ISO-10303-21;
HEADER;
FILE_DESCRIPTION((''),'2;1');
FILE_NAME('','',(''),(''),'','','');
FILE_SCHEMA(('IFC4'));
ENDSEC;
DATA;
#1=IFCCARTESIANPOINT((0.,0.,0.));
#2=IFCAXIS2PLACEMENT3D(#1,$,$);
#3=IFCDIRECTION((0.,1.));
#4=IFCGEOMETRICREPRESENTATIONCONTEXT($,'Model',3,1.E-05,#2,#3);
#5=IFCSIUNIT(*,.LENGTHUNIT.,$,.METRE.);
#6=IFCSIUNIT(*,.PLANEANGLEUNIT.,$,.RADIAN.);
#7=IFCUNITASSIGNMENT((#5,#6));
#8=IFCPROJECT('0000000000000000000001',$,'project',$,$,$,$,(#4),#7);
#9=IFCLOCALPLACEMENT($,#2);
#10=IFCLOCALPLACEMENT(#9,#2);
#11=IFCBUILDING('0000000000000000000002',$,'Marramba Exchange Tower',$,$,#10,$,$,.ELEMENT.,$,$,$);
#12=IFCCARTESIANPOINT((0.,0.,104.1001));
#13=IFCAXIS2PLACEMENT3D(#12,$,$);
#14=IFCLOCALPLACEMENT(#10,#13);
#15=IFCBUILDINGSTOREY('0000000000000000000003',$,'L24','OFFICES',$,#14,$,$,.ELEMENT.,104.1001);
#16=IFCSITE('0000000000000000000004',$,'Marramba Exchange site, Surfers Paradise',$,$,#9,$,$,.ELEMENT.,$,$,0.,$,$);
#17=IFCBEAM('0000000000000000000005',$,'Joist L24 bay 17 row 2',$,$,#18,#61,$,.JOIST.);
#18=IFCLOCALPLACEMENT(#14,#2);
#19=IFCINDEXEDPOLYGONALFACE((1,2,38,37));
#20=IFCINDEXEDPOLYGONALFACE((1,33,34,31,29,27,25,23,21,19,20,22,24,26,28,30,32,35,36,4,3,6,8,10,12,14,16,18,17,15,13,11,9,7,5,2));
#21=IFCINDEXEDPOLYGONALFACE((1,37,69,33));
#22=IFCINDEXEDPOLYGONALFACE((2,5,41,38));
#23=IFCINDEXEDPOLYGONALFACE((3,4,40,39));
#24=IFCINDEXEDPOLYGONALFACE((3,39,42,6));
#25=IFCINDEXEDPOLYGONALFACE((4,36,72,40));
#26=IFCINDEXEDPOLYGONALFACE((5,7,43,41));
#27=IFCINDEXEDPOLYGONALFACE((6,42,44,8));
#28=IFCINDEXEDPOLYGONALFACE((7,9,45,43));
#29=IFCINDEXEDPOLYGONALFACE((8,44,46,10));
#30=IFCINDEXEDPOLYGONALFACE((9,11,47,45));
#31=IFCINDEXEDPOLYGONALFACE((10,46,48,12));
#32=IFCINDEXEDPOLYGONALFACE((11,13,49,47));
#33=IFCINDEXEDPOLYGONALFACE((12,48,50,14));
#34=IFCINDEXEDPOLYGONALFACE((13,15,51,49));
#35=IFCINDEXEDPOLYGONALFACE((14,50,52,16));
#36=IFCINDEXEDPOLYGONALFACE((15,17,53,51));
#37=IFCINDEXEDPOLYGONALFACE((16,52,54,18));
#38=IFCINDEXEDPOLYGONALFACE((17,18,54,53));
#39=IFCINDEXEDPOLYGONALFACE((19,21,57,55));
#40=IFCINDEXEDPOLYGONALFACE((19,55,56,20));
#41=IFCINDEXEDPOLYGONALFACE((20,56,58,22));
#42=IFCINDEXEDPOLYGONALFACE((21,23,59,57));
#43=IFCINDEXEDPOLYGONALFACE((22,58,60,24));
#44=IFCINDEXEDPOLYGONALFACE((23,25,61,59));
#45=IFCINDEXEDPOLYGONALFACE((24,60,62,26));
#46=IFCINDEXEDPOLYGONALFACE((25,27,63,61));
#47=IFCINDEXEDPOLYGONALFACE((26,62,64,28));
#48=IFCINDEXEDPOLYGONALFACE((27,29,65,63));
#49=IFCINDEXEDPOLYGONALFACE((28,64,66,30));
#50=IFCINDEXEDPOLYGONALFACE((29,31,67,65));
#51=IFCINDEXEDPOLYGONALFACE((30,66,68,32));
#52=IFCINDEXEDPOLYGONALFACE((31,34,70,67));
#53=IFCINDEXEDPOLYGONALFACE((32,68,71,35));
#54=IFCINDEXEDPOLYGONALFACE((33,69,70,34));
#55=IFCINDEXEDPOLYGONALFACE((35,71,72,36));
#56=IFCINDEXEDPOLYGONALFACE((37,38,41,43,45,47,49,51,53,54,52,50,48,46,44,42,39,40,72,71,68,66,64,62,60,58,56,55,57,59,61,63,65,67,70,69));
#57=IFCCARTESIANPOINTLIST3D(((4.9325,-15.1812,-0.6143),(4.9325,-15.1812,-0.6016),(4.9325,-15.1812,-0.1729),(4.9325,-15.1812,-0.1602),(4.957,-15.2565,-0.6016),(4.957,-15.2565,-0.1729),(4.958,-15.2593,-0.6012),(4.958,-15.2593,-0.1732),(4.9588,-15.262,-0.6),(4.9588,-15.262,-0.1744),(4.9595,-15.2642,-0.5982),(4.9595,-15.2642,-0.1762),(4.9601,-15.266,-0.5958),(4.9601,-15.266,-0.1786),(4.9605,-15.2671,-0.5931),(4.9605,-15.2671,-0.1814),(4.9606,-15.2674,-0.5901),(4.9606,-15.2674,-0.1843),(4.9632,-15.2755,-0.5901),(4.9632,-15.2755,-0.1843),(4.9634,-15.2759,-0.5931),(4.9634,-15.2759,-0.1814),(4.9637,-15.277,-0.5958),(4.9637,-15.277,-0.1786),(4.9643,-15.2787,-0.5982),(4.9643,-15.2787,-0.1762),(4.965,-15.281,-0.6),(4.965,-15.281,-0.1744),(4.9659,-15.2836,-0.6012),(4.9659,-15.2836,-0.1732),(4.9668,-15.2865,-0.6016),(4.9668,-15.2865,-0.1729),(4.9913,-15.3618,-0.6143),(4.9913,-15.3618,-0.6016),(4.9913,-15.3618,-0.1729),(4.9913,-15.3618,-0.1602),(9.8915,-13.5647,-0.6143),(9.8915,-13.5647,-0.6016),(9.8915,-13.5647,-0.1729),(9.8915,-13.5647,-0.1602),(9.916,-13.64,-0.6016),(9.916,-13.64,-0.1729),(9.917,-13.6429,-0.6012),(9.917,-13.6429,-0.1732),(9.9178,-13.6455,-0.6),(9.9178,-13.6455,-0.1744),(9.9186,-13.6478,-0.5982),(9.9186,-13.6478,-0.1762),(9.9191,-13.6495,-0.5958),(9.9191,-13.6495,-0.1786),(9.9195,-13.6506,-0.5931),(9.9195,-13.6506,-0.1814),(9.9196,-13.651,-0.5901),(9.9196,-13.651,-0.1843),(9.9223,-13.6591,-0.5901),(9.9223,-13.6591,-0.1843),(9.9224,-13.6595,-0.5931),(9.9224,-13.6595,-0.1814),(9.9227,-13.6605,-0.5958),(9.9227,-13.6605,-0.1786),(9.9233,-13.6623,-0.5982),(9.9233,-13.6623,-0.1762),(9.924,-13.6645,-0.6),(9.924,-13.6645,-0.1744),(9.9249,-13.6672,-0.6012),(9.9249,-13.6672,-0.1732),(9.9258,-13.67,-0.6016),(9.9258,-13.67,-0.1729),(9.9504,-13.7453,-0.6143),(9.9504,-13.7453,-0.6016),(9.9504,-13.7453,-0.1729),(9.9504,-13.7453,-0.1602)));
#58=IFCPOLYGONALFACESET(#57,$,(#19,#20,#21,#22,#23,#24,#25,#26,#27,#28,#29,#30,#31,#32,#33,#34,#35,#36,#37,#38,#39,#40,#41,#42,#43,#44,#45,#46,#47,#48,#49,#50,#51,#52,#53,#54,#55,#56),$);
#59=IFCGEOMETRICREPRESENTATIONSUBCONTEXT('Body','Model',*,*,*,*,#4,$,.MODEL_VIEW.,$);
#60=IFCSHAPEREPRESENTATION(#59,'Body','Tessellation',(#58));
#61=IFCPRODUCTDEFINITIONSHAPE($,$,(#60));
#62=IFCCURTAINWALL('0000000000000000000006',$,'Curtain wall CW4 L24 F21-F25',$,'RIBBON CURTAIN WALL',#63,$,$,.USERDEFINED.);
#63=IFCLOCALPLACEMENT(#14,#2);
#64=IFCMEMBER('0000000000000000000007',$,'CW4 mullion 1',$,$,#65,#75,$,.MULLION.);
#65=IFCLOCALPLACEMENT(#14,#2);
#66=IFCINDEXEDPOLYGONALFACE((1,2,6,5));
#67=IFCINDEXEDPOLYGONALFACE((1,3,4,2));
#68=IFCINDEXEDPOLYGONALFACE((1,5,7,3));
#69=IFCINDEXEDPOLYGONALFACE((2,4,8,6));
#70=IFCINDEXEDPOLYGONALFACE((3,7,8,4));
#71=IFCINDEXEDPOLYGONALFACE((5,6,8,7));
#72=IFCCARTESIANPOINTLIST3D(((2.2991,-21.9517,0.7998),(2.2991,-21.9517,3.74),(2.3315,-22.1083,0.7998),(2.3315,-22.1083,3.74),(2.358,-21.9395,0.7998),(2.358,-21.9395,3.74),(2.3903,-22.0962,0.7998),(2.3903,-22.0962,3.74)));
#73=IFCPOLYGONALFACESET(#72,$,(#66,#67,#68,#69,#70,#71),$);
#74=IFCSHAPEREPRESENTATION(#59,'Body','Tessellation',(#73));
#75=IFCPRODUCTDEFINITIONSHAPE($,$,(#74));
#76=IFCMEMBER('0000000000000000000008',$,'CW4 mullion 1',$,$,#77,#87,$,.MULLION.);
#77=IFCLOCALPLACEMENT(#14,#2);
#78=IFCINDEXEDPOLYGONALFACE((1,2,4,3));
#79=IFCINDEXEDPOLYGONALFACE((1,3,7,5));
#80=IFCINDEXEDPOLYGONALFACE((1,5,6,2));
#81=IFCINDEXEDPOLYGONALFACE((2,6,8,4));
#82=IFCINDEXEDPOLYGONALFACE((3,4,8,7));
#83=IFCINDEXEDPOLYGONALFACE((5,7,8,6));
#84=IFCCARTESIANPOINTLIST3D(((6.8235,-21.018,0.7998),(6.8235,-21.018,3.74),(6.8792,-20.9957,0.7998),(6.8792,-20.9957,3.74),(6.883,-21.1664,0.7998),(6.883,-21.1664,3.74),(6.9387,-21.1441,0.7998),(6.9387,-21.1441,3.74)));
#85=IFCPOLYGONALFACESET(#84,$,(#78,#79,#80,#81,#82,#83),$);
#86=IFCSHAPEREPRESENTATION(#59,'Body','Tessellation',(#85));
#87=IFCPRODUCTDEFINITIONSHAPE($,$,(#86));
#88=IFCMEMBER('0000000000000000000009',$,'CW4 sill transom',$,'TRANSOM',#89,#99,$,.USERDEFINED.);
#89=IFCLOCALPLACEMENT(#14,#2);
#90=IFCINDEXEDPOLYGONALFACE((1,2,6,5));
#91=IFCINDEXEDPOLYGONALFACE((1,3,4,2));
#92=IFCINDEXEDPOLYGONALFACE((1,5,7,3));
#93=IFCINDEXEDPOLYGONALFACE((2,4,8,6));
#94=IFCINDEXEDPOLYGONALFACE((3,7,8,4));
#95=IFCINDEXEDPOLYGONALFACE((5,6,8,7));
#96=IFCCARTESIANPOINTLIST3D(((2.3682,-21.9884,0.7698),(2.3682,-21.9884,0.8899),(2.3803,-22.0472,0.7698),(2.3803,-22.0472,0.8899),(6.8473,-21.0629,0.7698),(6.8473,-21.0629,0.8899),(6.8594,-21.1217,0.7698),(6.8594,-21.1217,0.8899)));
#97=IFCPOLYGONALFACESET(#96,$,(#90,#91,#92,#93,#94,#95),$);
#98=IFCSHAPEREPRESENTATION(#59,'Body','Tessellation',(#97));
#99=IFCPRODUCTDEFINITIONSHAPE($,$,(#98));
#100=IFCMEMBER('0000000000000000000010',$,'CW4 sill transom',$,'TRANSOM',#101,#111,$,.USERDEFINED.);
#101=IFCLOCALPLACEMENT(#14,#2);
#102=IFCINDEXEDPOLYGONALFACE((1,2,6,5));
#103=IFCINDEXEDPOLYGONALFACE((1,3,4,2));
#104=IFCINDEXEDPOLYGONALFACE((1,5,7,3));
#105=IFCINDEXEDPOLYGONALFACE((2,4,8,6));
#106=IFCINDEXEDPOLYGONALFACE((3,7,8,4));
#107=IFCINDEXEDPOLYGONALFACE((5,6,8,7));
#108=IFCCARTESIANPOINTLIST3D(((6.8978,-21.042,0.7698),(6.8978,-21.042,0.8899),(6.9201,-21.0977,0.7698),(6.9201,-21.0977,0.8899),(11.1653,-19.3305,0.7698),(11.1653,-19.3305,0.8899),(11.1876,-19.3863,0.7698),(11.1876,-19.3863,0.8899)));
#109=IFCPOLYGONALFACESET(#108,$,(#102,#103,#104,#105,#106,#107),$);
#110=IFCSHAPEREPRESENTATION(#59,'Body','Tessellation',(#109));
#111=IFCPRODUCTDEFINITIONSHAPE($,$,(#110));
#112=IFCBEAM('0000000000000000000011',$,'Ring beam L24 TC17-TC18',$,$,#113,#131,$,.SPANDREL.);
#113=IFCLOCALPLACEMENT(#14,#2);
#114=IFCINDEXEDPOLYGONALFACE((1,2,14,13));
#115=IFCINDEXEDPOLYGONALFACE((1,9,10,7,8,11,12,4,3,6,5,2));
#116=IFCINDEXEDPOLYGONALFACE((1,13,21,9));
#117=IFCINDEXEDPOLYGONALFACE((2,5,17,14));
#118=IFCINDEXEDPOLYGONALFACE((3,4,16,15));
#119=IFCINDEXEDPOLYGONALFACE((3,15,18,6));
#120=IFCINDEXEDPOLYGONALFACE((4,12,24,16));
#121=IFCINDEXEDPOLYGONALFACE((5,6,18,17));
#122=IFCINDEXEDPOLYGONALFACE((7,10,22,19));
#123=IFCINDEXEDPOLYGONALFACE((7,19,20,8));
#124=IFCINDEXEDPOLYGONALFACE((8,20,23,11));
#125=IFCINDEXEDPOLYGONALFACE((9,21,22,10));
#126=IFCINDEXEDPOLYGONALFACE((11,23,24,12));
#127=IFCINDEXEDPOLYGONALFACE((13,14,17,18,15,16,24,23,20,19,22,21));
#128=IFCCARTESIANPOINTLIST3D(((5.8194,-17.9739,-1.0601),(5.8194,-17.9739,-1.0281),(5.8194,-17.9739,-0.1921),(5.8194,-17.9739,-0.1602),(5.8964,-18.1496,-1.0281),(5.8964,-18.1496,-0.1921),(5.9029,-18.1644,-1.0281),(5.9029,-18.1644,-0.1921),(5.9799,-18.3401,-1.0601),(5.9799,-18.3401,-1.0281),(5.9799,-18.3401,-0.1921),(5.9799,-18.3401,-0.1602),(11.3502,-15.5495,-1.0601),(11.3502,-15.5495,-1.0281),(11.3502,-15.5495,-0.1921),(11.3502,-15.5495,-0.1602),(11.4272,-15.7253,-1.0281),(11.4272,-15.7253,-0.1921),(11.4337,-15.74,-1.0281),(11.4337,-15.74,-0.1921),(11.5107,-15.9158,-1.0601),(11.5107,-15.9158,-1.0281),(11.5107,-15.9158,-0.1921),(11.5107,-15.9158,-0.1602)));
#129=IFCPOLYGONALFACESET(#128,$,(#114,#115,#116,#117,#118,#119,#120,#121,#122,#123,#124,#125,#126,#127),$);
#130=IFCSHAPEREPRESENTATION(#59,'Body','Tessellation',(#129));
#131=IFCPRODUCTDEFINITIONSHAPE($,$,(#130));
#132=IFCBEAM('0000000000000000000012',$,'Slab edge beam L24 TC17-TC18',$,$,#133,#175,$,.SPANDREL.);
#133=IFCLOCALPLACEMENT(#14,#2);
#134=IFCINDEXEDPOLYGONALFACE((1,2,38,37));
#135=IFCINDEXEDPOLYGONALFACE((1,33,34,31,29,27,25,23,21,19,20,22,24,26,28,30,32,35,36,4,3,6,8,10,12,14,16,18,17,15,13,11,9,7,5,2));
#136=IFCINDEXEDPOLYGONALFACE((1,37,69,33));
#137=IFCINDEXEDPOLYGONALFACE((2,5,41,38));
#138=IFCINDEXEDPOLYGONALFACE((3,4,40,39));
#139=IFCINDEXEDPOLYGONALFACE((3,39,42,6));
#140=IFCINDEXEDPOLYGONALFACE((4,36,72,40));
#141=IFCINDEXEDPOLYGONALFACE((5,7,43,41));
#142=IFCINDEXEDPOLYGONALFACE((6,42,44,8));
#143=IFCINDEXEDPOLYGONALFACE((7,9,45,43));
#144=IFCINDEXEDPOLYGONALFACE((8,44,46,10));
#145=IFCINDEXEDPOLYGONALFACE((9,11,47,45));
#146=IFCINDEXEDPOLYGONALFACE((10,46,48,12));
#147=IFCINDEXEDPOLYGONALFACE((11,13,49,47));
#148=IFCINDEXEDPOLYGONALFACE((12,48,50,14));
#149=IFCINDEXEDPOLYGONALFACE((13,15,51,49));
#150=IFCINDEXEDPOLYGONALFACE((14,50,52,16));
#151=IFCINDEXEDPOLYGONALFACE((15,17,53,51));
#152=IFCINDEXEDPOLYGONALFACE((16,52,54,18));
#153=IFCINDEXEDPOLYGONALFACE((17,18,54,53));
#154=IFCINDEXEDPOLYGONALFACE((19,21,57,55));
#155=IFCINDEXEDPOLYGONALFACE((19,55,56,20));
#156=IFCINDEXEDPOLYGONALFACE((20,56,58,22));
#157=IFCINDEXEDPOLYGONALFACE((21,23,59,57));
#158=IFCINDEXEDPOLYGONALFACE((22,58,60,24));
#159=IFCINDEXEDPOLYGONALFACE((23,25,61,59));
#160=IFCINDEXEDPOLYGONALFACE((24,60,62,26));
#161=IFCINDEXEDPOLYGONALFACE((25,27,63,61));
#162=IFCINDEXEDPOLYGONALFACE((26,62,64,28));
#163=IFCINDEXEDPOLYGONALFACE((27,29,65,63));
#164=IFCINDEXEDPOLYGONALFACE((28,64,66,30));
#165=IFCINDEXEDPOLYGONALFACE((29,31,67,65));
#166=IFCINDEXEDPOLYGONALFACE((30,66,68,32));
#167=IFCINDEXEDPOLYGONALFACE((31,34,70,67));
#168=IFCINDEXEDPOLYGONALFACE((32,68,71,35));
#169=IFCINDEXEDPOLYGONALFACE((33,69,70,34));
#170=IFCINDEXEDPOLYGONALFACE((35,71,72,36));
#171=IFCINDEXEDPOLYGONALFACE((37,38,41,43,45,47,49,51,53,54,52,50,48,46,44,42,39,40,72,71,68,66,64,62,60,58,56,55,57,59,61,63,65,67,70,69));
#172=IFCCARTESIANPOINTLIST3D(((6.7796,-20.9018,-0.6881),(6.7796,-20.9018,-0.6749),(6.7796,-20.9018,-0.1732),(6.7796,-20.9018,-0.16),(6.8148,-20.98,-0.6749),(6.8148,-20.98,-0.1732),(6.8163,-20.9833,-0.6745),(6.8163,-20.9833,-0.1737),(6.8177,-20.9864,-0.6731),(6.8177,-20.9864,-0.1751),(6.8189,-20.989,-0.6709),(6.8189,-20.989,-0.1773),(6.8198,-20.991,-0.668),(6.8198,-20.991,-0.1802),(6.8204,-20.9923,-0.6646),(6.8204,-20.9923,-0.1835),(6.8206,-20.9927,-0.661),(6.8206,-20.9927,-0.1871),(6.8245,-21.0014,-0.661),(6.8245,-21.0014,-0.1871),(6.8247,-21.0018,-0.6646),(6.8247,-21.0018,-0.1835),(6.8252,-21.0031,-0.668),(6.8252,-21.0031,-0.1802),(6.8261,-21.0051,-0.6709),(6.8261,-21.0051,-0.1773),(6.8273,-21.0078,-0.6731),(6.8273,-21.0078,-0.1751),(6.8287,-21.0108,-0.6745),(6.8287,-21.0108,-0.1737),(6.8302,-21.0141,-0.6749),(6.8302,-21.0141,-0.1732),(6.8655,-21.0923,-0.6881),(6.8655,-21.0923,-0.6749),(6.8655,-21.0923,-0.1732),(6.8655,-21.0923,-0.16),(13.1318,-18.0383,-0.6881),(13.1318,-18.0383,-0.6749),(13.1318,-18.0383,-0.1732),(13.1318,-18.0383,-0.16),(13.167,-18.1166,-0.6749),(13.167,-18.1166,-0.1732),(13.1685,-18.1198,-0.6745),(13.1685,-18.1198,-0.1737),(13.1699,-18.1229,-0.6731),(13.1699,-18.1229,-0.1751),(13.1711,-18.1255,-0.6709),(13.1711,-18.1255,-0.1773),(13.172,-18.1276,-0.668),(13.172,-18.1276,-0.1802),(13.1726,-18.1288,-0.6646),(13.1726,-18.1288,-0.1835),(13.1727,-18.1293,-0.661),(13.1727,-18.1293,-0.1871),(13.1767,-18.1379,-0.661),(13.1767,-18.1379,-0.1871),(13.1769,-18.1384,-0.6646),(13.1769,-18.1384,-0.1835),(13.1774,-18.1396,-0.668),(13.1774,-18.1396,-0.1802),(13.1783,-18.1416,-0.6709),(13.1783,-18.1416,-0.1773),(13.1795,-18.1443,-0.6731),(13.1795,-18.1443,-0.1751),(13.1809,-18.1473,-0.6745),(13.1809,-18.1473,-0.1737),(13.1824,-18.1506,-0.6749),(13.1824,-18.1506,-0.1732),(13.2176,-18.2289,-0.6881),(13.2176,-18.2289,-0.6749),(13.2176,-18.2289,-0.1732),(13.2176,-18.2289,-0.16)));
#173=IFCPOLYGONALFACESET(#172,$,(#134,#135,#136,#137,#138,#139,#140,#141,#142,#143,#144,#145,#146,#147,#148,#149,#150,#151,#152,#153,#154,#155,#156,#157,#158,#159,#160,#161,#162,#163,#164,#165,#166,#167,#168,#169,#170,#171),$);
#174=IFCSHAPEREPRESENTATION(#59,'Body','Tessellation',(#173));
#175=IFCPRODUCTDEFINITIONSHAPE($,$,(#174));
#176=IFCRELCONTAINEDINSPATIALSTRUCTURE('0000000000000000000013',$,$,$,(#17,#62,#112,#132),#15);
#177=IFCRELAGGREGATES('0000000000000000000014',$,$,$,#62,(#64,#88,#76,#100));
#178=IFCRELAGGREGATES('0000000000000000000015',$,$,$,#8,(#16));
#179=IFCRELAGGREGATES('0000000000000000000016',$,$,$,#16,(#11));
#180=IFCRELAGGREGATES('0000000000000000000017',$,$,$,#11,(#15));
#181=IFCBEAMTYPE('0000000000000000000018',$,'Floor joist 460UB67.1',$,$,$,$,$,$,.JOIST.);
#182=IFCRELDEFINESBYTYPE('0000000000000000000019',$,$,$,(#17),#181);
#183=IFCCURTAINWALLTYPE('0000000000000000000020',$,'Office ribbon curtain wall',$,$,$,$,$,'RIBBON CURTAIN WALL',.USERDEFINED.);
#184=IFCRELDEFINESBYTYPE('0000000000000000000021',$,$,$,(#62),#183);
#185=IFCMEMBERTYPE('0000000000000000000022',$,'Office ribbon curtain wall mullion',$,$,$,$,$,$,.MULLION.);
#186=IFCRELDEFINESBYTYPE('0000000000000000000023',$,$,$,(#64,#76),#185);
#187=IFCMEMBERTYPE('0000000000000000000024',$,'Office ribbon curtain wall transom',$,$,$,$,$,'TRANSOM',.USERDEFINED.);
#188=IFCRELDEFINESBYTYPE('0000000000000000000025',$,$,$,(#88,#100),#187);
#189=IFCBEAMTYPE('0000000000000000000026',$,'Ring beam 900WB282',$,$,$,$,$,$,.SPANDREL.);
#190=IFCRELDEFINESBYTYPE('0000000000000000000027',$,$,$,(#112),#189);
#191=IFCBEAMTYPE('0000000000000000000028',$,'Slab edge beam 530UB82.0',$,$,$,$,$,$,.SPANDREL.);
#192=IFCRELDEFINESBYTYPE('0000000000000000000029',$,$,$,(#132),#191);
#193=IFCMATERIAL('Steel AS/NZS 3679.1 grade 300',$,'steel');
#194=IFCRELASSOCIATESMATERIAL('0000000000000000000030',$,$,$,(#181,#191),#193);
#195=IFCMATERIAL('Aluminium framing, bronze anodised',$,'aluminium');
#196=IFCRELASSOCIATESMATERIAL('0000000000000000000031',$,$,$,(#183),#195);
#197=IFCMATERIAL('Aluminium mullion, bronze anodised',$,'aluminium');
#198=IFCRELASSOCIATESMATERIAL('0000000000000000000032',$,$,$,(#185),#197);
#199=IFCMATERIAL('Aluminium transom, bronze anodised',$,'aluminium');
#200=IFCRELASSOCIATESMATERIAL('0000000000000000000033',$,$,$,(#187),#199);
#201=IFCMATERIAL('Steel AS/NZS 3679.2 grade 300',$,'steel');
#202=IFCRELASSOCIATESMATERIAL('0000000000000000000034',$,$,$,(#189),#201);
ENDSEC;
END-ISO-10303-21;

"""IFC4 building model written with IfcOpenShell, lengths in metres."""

from ifc_helpers import new_model, si_unit, direction, frame, origin, origin_2d, place, context, subcontext, project, spatial, rectangle, i_section, extrude, material, material_profile, profile_set, type_object, element, aggregate, save


model = new_model("IFC4")

# Units and contexts
model_context = context("Model", 3, precision=1e-05, world=origin(), true_north=direction((0.0, 1.0)))
body_context = subcontext(model_context, "Body", "Model", "MODEL_VIEW")
ifc_project = project(units=[si_unit("LENGTHUNIT", "METRE"), si_unit("PLANEANGLEUNIT", "RADIAN")], contexts=[model_context])

# Site, building, storey
site_placement = place(None, origin())
site = spatial("IfcSite", under=ifc_project, at=site_placement, Name="Marramba Exchange site, Surfers Paradise", CompositionType="ELEMENT", RefElevation=0.0)
building_placement = place(site_placement, origin())
building = spatial("IfcBuilding", under=site, at=building_placement, Name="Marramba Exchange Tower", CompositionType="ELEMENT")
storey_placement = place(building_placement, frame((0.0, 0.0, 104.1001)))
storey = spatial("IfcBuildingStorey", under=building, at=storey_placement, Name="L24", Description="OFFICES", CompositionType="ELEMENT", Elevation=104.1001)

# Beam
ifc_material_1 = material(Name="Steel AS/NZS 3679.2 grade 300", Category="steel")
ifc_material_2 = material(Name="Steel AS/NZS 3679.1 grade 300", Category="steel")
ifc_material_profile_1 = material_profile(ifc_material_2, i_section(OverallWidth=0.1899, OverallDepth=0.4541, WebThickness=0.0085, FlangeThickness=0.0127, FilletRadius=0.0115, at=origin_2d()), Name="460UB67.1")
ifc_profile_set_1 = profile_set([ifc_material_profile_1], Name="Steel AS/NZS 3679.1 grade 300")
beam_type_1 = type_object("IfcBeamType", Name="Floor joist 460UB67.1", PredefinedType="JOIST", material=ifc_profile_set_1)
beam_1_placement = place(storey_placement, frame((4.9619, -15.2715, -0.3872), z_axis=(0.950764, 0.309916, 0.0), x_axis=(-0.309916, 0.950764, 0.0)))
element("IfcBeam", 1, at=beam_1_placement, inside=storey, type_object=beam_type_1, Name="Joist L24 bay 17 row 2", PredefinedType="JOIST", context=body_context, shape_type="SweptSolid", body=[
    extrude(i_section(OverallWidth=0.1899, OverallDepth=0.4541, WebThickness=0.0085, FlangeThickness=0.0127, FilletRadius=0.0115, at=origin_2d()), origin(), (0.0, 0.0, 1.0), 5.2158),
])

# Curtain wall, members
ifc_material_3 = material(Name="Aluminium framing, bronze anodised", Category="aluminium")
curtain_wall_type = type_object("IfcCurtainWallType", Name="Office ribbon curtain wall", ElementType="RIBBON CURTAIN WALL", PredefinedType="USERDEFINED", material=ifc_material_3)
curtain_wall_placement = place(storey_placement, origin())
curtain_wall = element("IfcCurtainWall", 2, at=curtain_wall_placement, inside=storey, type_object=curtain_wall_type, Name="Curtain wall CW4 L24 F21-F25", ObjectType="RIBBON CURTAIN WALL", PredefinedType="USERDEFINED")
ifc_material_4 = material(Name="Aluminium mullion, bronze anodised", Category="aluminium")
ifc_material_profile_2 = material_profile(ifc_material_4, rectangle(XDim=0.1599, YDim=0.0601, at=origin_2d()), Name="CW4 mullion 60x160")
ifc_profile_set_2 = profile_set([ifc_material_profile_2], Name="Aluminium mullion, bronze anodised")
member_type_1 = type_object("IfcMemberType", Name="Office ribbon curtain wall mullion", PredefinedType="MULLION", material=ifc_profile_set_2)
member_1_placement = place(storey_placement, frame((2.3447, -22.0239, 0.7998), z_axis=(0.0, 0.0, 1.0), x_axis=(-0.202365, 0.97931, 0.0)))
member_1 = element("IfcMember", 3, at=member_1_placement, type_object=member_type_1, Name="CW4 mullion 1", PredefinedType="MULLION", context=body_context, shape_type="SweptSolid", body=[
    extrude(rectangle(XDim=0.1599, YDim=0.0601, at=origin_2d()), origin(), (0.0, 0.0, 1.0), 2.9402),
])
member_2_placement = place(storey_placement, frame((6.8811, -21.0811, 0.7998), z_axis=(0.0, 0.0, 1.0), x_axis=(-0.372209, 0.928149, 0.0)))
member_2 = element("IfcMember", 4, at=member_2_placement, type_object=member_type_1, Name="CW4 mullion 1", PredefinedType="MULLION", context=body_context, shape_type="SweptSolid", body=[
    extrude(rectangle(XDim=0.1599, YDim=0.0601, at=origin_2d()), origin(), (0.0, 0.0, 1.0), 2.9402),
])
ifc_material_5 = material(Name="Aluminium transom, bronze anodised", Category="aluminium")
ifc_material_profile_3 = material_profile(ifc_material_5, rectangle(XDim=0.0601, YDim=0.1201, at=origin_2d()), Name="CW4 transom 60x120")
ifc_profile_set_3 = profile_set([ifc_material_profile_3], Name="Aluminium transom, bronze anodised")
member_type_2 = type_object("IfcMemberType", Name="Office ribbon curtain wall transom", ElementType="TRANSOM", PredefinedType="USERDEFINED", material=ifc_profile_set_3)
member_3_placement = place(storey_placement, frame((2.3743, -22.0178, 0.8298), z_axis=(0.97931, 0.202364, 0.0), x_axis=(-0.202364, 0.97931, 0.0)))
member_3 = element("IfcMember", 5, at=member_3_placement, type_object=member_type_2, Name="CW4 sill transom", ObjectType="TRANSOM", PredefinedType="USERDEFINED", context=body_context, shape_type="SweptSolid", body=[
    extrude(rectangle(XDim=0.0601, YDim=0.1201, at=origin_2d()), origin(), (0.0, 0.0, 1.0), 4.5737),
])
member_4_placement = place(storey_placement, frame((6.9089, -21.0698, 0.8298), z_axis=(0.928147, 0.372214, 0.0), x_axis=(-0.372214, 0.928147, 0.0)))
member_4 = element("IfcMember", 6, at=member_4_placement, type_object=member_type_2, Name="CW4 sill transom", ObjectType="TRANSOM", PredefinedType="USERDEFINED", context=body_context, shape_type="SweptSolid", body=[
    extrude(rectangle(XDim=0.0601, YDim=0.1201, at=origin_2d()), origin(), (0.0, 0.0, 1.0), 4.5979),
])

# Beams
ifc_material_profile_4 = material_profile(ifc_material_1, i_section(OverallWidth=0.3999, OverallDepth=0.8999, WebThickness=0.0161, FlangeThickness=0.032, at=origin_2d()), Name="900WB282")
ifc_profile_set_4 = profile_set([ifc_material_profile_4], Name="Steel AS/NZS 3679.2 grade 300")
beam_type_2 = type_object("IfcBeamType", Name="Ring beam 900WB282", PredefinedType="SPANDREL", material=ifc_profile_set_4)
beam_2_placement = place(storey_placement, frame((5.8997, -18.157, -0.6101), z_axis=(0.915877, 0.401459, 0.0), x_axis=(-0.401459, 0.915877, 0.0)))
element("IfcBeam", 7, at=beam_2_placement, inside=storey, type_object=beam_type_2, Name="Ring beam L24 TC17-TC18", PredefinedType="SPANDREL", context=body_context, shape_type="SweptSolid", body=[
    extrude(i_section(OverallWidth=0.3999, OverallDepth=0.8999, WebThickness=0.0161, FlangeThickness=0.032, at=origin_2d()), origin(), (0.0, 0.0, 1.0), 6.0388),
])
ifc_material_profile_5 = material_profile(ifc_material_2, i_section(OverallWidth=0.209, OverallDepth=0.5281, WebThickness=0.0095, FlangeThickness=0.0132, FilletRadius=0.0139, at=origin_2d()), Name="530UB82.0")
ifc_profile_set_5 = profile_set([ifc_material_profile_5], Name="Steel AS/NZS 3679.1 grade 300")
beam_type_3 = type_object("IfcBeamType", Name="Slab edge beam 530UB82.0", PredefinedType="SPANDREL", material=ifc_profile_set_5)
beam_3_placement = place(storey_placement, frame((6.8225, -20.9971, -0.4241), z_axis=(0.911653, 0.41096, 0.0), x_axis=(-0.41096, 0.911653, 0.0)))
element("IfcBeam", 8, at=beam_3_placement, inside=storey, type_object=beam_type_3, Name="Slab edge beam L24 TC17-TC18", PredefinedType="SPANDREL", context=body_context, shape_type="SweptSolid", body=[
    extrude(i_section(OverallWidth=0.209, OverallDepth=0.5281, WebThickness=0.0095, FlangeThickness=0.0132, FilletRadius=0.0139, at=origin_2d()), origin(), (0.0, 0.0, 1.0), 6.9678),
])

aggregate(curtain_wall, [member_1, member_3, member_2, member_4])

save(model, "model.ifc")
